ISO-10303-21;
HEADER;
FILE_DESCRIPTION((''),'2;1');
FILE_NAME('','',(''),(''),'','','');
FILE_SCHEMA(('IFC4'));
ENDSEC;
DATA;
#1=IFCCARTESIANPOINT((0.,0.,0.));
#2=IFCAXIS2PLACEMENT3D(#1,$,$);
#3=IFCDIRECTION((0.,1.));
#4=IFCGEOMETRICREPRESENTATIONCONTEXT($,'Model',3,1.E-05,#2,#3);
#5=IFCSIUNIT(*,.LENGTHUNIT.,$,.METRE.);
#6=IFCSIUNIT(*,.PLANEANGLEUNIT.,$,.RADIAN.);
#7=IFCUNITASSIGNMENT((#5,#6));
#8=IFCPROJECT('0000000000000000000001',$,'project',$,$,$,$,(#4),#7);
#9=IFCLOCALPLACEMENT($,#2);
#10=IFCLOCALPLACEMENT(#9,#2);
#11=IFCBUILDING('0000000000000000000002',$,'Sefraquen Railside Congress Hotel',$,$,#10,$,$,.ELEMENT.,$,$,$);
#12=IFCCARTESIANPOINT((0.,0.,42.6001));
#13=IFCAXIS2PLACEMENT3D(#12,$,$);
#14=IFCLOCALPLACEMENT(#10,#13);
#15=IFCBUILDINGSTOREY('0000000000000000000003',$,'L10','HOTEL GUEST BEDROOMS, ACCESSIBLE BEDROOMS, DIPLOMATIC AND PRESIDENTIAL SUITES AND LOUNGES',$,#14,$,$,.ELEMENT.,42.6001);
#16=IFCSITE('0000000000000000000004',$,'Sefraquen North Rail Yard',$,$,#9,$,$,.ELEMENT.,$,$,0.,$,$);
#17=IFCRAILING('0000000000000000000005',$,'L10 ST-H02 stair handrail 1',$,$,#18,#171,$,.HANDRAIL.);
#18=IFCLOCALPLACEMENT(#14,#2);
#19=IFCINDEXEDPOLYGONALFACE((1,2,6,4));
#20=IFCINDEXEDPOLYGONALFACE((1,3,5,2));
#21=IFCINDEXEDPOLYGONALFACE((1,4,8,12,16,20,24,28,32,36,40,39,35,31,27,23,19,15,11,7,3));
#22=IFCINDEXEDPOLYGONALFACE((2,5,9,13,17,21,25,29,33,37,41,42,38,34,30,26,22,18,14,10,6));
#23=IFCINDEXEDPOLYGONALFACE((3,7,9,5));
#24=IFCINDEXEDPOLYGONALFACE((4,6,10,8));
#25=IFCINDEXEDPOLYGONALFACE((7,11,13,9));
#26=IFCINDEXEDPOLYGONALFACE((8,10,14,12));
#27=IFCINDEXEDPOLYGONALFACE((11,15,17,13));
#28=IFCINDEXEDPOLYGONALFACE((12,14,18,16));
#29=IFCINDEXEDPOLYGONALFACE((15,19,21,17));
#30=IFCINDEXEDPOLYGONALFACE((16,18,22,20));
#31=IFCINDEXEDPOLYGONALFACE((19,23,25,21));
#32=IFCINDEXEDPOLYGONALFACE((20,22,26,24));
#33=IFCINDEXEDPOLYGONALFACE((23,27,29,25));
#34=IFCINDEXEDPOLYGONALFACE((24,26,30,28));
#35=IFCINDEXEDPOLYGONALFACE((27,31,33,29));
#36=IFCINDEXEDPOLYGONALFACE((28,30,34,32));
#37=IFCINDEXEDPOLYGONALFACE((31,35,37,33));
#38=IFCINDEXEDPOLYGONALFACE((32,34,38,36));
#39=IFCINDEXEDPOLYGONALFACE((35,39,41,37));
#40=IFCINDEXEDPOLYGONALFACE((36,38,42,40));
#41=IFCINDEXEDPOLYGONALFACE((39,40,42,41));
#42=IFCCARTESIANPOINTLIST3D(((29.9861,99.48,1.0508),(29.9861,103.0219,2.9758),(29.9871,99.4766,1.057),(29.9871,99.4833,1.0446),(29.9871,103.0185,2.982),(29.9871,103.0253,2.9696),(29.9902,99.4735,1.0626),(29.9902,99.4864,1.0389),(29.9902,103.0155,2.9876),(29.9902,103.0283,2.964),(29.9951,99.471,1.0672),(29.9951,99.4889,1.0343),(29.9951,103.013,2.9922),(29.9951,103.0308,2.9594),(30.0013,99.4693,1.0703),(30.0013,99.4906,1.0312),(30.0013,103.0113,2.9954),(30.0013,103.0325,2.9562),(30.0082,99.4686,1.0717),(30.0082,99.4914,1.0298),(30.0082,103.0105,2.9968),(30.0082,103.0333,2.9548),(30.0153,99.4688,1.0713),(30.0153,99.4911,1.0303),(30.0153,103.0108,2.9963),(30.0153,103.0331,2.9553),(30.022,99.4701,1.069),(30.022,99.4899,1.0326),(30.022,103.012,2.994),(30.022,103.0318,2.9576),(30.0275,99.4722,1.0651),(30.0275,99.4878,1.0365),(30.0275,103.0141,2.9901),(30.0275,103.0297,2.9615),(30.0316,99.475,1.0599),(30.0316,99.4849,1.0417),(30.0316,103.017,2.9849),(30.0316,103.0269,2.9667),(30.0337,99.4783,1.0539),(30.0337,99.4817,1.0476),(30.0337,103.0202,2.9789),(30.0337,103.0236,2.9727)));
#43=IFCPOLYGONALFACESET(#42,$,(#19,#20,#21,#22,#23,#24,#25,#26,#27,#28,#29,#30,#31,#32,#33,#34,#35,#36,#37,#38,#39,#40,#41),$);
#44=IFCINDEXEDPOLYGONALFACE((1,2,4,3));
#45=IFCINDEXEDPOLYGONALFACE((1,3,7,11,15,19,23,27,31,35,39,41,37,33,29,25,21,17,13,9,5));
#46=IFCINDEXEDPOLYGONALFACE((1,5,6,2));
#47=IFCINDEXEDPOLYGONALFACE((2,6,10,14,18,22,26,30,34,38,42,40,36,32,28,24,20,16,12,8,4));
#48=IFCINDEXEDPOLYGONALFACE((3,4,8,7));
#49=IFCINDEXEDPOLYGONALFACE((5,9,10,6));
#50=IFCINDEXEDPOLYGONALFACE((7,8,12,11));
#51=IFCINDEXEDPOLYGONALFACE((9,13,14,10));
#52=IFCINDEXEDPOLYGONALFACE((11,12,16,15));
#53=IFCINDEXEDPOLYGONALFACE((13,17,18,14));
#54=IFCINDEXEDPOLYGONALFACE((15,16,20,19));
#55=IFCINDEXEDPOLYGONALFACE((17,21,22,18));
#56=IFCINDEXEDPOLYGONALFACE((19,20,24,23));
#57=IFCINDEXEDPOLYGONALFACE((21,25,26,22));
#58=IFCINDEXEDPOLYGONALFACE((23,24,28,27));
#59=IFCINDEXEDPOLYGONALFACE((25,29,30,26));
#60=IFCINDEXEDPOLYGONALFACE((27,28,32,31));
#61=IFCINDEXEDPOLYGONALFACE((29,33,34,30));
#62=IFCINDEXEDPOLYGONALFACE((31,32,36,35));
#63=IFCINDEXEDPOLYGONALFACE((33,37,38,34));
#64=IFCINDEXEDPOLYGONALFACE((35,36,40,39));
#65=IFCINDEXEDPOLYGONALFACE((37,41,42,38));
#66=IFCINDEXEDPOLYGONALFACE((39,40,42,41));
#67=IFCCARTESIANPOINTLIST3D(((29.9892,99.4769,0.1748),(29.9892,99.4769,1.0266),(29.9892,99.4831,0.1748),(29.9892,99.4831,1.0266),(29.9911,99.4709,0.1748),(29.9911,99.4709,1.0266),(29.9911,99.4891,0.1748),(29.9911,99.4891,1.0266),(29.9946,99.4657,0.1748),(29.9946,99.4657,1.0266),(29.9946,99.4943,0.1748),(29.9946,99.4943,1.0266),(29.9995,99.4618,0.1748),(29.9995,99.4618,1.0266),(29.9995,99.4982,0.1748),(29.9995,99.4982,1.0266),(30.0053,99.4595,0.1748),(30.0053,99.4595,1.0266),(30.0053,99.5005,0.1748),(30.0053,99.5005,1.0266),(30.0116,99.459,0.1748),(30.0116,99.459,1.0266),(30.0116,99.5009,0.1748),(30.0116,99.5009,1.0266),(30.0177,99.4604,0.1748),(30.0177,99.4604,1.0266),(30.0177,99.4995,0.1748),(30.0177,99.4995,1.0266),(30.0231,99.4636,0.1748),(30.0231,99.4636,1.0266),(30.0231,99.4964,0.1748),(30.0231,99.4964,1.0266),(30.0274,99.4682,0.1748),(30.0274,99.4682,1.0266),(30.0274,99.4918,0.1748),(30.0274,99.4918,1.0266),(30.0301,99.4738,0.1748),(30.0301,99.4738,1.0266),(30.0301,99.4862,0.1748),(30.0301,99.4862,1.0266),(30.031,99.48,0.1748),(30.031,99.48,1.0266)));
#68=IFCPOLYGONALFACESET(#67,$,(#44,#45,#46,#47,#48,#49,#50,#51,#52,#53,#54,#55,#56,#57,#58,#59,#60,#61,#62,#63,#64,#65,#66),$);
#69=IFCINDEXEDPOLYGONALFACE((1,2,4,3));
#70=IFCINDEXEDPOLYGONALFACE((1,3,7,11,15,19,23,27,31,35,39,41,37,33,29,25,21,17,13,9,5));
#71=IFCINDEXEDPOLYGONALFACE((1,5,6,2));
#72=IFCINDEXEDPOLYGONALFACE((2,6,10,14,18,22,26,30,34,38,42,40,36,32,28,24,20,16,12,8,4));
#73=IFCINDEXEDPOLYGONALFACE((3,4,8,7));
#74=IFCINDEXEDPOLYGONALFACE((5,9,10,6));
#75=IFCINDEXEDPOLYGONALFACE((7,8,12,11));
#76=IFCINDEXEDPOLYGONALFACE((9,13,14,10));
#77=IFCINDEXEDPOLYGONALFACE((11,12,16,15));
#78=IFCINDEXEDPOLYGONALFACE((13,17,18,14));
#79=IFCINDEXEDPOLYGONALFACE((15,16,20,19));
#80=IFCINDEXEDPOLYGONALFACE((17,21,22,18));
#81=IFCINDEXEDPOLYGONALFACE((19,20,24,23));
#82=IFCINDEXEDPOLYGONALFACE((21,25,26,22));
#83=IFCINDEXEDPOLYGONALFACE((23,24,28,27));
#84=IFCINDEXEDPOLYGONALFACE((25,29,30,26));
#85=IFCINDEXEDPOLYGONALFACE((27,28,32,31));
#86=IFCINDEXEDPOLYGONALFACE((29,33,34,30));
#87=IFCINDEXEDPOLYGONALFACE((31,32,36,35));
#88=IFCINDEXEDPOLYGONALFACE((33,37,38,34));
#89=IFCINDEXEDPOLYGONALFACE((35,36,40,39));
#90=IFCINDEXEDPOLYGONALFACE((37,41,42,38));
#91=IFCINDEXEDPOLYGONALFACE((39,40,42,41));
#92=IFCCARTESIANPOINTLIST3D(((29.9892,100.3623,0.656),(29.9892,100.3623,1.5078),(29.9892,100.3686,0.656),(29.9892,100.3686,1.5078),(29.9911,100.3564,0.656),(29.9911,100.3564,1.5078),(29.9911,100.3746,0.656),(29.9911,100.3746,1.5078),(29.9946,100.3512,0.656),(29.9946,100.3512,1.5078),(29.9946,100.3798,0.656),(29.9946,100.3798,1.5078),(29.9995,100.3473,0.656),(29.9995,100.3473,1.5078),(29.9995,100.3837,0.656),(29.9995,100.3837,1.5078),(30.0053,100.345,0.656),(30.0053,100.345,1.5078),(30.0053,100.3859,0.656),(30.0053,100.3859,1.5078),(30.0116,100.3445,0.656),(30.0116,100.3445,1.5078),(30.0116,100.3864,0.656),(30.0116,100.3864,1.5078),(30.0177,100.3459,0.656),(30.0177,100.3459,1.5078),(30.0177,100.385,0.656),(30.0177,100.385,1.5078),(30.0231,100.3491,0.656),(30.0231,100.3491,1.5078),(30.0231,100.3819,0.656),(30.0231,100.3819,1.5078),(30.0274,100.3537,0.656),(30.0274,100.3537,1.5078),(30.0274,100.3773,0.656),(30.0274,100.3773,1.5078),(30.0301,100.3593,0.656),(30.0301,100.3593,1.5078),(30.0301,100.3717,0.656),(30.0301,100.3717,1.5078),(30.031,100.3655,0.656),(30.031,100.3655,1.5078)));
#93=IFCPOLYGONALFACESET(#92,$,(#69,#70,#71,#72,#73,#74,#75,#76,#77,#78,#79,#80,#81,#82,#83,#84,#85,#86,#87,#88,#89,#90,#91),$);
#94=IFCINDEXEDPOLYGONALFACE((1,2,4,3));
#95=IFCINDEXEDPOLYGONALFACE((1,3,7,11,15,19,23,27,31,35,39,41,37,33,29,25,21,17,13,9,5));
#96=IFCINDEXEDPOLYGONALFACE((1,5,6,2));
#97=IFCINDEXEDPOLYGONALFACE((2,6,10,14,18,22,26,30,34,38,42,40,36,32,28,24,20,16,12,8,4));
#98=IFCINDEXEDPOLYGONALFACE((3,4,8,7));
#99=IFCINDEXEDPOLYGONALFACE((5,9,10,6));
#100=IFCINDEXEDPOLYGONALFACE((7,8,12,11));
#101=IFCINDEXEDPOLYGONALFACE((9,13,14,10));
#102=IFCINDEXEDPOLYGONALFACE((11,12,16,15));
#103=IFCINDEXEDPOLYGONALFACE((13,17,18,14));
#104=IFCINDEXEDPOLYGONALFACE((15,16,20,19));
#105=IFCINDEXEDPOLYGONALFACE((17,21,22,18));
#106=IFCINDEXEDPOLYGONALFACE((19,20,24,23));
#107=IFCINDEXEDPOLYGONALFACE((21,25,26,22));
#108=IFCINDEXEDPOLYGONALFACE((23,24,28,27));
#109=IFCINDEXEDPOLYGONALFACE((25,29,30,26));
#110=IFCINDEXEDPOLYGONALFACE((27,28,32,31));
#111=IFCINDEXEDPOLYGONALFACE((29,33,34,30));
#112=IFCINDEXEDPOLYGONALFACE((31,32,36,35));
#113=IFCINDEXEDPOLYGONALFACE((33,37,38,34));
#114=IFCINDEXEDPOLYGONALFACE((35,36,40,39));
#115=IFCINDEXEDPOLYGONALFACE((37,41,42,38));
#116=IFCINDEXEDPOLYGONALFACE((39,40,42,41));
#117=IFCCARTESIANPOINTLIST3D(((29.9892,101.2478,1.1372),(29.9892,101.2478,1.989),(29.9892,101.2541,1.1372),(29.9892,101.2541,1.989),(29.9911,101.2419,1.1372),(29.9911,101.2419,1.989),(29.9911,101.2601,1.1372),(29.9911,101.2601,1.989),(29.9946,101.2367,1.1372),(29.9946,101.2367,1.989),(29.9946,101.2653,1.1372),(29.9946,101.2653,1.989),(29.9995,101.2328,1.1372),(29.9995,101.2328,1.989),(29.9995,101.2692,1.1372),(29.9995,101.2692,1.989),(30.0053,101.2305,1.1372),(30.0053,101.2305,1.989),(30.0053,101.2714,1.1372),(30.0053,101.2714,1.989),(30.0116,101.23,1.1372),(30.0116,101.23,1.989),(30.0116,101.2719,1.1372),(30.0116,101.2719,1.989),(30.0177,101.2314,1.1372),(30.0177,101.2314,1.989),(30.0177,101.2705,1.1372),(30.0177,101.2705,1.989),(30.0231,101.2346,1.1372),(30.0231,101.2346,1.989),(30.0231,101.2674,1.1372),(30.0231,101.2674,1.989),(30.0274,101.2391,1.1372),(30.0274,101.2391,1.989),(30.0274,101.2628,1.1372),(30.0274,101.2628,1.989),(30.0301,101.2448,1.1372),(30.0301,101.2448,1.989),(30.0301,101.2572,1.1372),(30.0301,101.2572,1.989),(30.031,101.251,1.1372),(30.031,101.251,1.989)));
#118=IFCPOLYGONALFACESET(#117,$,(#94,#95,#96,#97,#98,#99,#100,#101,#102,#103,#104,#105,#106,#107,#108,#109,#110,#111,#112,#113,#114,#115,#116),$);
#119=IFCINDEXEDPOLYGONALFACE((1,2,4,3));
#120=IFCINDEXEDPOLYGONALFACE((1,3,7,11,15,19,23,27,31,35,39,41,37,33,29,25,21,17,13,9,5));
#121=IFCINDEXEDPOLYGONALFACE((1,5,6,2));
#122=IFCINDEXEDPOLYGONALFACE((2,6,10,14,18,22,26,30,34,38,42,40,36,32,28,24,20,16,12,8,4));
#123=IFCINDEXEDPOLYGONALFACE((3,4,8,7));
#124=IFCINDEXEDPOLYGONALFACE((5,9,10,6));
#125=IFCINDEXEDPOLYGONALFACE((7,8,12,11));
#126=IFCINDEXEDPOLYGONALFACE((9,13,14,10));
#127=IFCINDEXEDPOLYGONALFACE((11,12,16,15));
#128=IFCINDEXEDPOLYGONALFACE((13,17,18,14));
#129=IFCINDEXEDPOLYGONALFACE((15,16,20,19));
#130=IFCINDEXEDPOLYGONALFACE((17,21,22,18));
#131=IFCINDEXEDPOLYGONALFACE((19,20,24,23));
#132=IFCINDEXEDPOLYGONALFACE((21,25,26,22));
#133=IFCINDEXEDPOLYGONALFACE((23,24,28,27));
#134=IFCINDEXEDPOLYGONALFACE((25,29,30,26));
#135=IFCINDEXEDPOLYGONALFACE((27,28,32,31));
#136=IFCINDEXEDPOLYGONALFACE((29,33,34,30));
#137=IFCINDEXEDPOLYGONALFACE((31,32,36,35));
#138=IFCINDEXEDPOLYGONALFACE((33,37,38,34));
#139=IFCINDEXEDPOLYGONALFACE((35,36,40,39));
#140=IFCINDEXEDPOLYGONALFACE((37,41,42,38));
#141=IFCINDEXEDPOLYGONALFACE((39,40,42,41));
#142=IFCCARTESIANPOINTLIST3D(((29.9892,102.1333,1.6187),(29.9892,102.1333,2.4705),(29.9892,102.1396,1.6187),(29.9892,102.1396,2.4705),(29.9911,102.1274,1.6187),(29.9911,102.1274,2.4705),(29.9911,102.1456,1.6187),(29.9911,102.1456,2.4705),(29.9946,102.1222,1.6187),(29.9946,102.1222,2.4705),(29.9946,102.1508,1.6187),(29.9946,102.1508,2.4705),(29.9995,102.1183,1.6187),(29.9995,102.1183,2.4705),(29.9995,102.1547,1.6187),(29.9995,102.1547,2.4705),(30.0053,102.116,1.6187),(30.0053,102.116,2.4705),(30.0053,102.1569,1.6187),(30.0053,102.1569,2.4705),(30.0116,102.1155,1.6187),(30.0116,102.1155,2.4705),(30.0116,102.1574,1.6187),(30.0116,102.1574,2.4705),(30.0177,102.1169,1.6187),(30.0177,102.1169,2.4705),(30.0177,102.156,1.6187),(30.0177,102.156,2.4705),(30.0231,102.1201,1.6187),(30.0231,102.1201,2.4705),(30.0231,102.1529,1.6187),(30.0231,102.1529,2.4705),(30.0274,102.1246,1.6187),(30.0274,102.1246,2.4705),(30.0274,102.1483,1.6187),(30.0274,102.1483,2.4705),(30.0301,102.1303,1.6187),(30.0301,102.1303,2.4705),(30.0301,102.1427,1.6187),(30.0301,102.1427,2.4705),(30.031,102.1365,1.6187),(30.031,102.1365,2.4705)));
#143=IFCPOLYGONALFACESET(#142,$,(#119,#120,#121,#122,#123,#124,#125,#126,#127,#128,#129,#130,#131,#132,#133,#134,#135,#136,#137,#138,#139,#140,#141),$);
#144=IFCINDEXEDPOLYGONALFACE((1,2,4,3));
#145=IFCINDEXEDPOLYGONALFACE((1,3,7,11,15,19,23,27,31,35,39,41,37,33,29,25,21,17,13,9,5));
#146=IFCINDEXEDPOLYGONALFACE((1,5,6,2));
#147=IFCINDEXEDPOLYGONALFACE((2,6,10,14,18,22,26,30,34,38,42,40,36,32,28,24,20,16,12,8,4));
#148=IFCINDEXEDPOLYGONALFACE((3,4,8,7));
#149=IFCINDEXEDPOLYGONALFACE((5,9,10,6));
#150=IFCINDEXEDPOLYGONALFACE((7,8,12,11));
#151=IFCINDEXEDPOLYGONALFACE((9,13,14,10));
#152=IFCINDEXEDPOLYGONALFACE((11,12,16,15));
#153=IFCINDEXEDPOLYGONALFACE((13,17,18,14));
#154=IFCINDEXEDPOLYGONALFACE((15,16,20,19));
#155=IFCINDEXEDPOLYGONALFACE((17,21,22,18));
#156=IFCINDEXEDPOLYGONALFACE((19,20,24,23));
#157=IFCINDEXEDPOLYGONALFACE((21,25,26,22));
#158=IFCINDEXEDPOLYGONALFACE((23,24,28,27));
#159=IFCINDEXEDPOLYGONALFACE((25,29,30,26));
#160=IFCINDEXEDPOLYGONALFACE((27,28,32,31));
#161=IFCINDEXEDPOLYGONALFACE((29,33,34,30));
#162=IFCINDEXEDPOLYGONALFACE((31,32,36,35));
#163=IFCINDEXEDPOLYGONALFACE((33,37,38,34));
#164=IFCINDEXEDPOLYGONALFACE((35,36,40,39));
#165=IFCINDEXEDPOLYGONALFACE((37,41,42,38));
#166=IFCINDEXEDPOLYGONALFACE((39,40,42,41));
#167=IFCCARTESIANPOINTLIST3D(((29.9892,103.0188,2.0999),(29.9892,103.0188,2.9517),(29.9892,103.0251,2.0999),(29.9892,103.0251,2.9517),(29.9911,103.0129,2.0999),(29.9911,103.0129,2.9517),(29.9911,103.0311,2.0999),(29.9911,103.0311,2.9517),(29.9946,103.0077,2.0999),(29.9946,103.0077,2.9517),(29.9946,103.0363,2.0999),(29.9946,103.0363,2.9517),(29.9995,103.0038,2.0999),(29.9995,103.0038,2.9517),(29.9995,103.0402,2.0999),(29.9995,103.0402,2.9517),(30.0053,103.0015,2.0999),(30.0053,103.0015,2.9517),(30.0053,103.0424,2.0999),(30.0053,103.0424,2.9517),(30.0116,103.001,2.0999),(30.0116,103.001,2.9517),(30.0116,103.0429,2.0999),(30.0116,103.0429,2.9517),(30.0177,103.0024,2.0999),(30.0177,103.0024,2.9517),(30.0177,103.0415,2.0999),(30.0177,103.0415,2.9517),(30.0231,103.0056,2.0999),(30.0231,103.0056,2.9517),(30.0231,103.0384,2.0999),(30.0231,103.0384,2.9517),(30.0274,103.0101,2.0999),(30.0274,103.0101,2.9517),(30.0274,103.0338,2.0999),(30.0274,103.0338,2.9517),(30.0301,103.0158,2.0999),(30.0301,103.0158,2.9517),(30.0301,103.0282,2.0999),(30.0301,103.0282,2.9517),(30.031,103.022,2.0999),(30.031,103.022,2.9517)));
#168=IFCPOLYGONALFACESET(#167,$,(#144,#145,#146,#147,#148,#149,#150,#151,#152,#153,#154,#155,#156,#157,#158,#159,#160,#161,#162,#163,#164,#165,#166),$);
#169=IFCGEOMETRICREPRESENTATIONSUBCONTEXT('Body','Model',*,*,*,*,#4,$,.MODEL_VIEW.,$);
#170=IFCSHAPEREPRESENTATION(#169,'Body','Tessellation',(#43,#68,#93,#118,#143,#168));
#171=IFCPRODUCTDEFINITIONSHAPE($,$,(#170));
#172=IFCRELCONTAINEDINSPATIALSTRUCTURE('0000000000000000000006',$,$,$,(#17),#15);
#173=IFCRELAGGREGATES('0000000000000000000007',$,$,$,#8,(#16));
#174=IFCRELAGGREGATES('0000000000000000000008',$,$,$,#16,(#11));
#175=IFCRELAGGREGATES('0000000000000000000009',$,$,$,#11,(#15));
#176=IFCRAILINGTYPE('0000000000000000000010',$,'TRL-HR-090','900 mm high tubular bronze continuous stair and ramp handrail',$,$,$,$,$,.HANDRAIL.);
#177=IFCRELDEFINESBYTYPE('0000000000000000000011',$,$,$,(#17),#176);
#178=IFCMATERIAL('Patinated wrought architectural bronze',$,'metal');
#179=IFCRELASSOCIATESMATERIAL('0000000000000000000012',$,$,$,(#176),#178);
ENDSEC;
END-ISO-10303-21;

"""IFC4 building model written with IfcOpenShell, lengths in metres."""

from ifc_helpers import new_model, si_unit, direction, frame, origin, origin_2d, place, context, subcontext, project, spatial, circle, extrude, material, type_object, element, save


model = new_model("IFC4")

# Units and contexts
model_context = context("Model", 3, precision=1e-05, world=origin(), true_north=direction((0.0, 1.0)))
body_context = subcontext(model_context, "Body", "Model", "MODEL_VIEW")
ifc_project = project(units=[si_unit("LENGTHUNIT", "METRE"), si_unit("PLANEANGLEUNIT", "RADIAN")], contexts=[model_context])

# Site, building, storey
site_placement = place(None, origin())
site = spatial("IfcSite", under=ifc_project, at=site_placement, Name="Sefraquen North Rail Yard", CompositionType="ELEMENT", RefElevation=0.0)
building_placement = place(site_placement, origin())
building = spatial("IfcBuilding", under=site, at=building_placement, Name="Sefraquen Railside Congress Hotel", CompositionType="ELEMENT")
storey_placement = place(building_placement, frame((0.0, 0.0, 42.6001)))
storey = spatial("IfcBuildingStorey", under=building, at=storey_placement, Name="L10", Description="HOTEL GUEST BEDROOMS, ACCESSIBLE BEDROOMS, DIPLOMATIC AND PRESIDENTIAL SUITES AND LOUNGES", CompositionType="ELEMENT", Elevation=42.6001)

# Railing
ifc_material_1 = material(Name="Patinated wrought architectural bronze", Category="metal")
railing_type_1 = type_object("IfcRailingType", Name="TRL-HR-090", Description="900 mm high tubular bronze continuous stair and ramp handrail", PredefinedType="HANDRAIL", material=ifc_material_1)
railing_1_placement = place(storey_placement, frame((30.01, 99.48, 0.1748)))
element("IfcRailing", 1, at=railing_1_placement, inside=storey, type_object=railing_type_1, Name="L10 ST-H02 stair handrail 1", PredefinedType="HANDRAIL", context=body_context, shape_type="SweptSolid", body=[
    extrude(circle(Radius=0.0239, at=origin_2d()), frame((0.0, 0.0, 0.876), z_axis=(0.0, 0.878619, 0.477523), x_axis=(-1.0, 0.0, 0.0)), (0.0, 0.0, 1.0), 4.0312),
    extrude(circle(Radius=0.021, at=origin_2d()), origin(), (0.0, 0.0, 1.0), 0.8518),
    extrude(circle(Radius=0.021, at=origin_2d()), frame((0.0, 0.8855, 0.4812)), (0.0, 0.0, 1.0), 0.8518),
    extrude(circle(Radius=0.021, at=origin_2d()), frame((0.0, 1.771, 0.9624)), (0.0, 0.0, 1.0), 0.8518),
    extrude(circle(Radius=0.021, at=origin_2d()), frame((0.0, 2.6565, 1.4438)), (0.0, 0.0, 1.0), 0.8518),
    extrude(circle(Radius=0.021, at=origin_2d()), frame((0.0, 3.542, 1.925)), (0.0, 0.0, 1.0), 0.8518),
])

save(model, "model.ifc")
